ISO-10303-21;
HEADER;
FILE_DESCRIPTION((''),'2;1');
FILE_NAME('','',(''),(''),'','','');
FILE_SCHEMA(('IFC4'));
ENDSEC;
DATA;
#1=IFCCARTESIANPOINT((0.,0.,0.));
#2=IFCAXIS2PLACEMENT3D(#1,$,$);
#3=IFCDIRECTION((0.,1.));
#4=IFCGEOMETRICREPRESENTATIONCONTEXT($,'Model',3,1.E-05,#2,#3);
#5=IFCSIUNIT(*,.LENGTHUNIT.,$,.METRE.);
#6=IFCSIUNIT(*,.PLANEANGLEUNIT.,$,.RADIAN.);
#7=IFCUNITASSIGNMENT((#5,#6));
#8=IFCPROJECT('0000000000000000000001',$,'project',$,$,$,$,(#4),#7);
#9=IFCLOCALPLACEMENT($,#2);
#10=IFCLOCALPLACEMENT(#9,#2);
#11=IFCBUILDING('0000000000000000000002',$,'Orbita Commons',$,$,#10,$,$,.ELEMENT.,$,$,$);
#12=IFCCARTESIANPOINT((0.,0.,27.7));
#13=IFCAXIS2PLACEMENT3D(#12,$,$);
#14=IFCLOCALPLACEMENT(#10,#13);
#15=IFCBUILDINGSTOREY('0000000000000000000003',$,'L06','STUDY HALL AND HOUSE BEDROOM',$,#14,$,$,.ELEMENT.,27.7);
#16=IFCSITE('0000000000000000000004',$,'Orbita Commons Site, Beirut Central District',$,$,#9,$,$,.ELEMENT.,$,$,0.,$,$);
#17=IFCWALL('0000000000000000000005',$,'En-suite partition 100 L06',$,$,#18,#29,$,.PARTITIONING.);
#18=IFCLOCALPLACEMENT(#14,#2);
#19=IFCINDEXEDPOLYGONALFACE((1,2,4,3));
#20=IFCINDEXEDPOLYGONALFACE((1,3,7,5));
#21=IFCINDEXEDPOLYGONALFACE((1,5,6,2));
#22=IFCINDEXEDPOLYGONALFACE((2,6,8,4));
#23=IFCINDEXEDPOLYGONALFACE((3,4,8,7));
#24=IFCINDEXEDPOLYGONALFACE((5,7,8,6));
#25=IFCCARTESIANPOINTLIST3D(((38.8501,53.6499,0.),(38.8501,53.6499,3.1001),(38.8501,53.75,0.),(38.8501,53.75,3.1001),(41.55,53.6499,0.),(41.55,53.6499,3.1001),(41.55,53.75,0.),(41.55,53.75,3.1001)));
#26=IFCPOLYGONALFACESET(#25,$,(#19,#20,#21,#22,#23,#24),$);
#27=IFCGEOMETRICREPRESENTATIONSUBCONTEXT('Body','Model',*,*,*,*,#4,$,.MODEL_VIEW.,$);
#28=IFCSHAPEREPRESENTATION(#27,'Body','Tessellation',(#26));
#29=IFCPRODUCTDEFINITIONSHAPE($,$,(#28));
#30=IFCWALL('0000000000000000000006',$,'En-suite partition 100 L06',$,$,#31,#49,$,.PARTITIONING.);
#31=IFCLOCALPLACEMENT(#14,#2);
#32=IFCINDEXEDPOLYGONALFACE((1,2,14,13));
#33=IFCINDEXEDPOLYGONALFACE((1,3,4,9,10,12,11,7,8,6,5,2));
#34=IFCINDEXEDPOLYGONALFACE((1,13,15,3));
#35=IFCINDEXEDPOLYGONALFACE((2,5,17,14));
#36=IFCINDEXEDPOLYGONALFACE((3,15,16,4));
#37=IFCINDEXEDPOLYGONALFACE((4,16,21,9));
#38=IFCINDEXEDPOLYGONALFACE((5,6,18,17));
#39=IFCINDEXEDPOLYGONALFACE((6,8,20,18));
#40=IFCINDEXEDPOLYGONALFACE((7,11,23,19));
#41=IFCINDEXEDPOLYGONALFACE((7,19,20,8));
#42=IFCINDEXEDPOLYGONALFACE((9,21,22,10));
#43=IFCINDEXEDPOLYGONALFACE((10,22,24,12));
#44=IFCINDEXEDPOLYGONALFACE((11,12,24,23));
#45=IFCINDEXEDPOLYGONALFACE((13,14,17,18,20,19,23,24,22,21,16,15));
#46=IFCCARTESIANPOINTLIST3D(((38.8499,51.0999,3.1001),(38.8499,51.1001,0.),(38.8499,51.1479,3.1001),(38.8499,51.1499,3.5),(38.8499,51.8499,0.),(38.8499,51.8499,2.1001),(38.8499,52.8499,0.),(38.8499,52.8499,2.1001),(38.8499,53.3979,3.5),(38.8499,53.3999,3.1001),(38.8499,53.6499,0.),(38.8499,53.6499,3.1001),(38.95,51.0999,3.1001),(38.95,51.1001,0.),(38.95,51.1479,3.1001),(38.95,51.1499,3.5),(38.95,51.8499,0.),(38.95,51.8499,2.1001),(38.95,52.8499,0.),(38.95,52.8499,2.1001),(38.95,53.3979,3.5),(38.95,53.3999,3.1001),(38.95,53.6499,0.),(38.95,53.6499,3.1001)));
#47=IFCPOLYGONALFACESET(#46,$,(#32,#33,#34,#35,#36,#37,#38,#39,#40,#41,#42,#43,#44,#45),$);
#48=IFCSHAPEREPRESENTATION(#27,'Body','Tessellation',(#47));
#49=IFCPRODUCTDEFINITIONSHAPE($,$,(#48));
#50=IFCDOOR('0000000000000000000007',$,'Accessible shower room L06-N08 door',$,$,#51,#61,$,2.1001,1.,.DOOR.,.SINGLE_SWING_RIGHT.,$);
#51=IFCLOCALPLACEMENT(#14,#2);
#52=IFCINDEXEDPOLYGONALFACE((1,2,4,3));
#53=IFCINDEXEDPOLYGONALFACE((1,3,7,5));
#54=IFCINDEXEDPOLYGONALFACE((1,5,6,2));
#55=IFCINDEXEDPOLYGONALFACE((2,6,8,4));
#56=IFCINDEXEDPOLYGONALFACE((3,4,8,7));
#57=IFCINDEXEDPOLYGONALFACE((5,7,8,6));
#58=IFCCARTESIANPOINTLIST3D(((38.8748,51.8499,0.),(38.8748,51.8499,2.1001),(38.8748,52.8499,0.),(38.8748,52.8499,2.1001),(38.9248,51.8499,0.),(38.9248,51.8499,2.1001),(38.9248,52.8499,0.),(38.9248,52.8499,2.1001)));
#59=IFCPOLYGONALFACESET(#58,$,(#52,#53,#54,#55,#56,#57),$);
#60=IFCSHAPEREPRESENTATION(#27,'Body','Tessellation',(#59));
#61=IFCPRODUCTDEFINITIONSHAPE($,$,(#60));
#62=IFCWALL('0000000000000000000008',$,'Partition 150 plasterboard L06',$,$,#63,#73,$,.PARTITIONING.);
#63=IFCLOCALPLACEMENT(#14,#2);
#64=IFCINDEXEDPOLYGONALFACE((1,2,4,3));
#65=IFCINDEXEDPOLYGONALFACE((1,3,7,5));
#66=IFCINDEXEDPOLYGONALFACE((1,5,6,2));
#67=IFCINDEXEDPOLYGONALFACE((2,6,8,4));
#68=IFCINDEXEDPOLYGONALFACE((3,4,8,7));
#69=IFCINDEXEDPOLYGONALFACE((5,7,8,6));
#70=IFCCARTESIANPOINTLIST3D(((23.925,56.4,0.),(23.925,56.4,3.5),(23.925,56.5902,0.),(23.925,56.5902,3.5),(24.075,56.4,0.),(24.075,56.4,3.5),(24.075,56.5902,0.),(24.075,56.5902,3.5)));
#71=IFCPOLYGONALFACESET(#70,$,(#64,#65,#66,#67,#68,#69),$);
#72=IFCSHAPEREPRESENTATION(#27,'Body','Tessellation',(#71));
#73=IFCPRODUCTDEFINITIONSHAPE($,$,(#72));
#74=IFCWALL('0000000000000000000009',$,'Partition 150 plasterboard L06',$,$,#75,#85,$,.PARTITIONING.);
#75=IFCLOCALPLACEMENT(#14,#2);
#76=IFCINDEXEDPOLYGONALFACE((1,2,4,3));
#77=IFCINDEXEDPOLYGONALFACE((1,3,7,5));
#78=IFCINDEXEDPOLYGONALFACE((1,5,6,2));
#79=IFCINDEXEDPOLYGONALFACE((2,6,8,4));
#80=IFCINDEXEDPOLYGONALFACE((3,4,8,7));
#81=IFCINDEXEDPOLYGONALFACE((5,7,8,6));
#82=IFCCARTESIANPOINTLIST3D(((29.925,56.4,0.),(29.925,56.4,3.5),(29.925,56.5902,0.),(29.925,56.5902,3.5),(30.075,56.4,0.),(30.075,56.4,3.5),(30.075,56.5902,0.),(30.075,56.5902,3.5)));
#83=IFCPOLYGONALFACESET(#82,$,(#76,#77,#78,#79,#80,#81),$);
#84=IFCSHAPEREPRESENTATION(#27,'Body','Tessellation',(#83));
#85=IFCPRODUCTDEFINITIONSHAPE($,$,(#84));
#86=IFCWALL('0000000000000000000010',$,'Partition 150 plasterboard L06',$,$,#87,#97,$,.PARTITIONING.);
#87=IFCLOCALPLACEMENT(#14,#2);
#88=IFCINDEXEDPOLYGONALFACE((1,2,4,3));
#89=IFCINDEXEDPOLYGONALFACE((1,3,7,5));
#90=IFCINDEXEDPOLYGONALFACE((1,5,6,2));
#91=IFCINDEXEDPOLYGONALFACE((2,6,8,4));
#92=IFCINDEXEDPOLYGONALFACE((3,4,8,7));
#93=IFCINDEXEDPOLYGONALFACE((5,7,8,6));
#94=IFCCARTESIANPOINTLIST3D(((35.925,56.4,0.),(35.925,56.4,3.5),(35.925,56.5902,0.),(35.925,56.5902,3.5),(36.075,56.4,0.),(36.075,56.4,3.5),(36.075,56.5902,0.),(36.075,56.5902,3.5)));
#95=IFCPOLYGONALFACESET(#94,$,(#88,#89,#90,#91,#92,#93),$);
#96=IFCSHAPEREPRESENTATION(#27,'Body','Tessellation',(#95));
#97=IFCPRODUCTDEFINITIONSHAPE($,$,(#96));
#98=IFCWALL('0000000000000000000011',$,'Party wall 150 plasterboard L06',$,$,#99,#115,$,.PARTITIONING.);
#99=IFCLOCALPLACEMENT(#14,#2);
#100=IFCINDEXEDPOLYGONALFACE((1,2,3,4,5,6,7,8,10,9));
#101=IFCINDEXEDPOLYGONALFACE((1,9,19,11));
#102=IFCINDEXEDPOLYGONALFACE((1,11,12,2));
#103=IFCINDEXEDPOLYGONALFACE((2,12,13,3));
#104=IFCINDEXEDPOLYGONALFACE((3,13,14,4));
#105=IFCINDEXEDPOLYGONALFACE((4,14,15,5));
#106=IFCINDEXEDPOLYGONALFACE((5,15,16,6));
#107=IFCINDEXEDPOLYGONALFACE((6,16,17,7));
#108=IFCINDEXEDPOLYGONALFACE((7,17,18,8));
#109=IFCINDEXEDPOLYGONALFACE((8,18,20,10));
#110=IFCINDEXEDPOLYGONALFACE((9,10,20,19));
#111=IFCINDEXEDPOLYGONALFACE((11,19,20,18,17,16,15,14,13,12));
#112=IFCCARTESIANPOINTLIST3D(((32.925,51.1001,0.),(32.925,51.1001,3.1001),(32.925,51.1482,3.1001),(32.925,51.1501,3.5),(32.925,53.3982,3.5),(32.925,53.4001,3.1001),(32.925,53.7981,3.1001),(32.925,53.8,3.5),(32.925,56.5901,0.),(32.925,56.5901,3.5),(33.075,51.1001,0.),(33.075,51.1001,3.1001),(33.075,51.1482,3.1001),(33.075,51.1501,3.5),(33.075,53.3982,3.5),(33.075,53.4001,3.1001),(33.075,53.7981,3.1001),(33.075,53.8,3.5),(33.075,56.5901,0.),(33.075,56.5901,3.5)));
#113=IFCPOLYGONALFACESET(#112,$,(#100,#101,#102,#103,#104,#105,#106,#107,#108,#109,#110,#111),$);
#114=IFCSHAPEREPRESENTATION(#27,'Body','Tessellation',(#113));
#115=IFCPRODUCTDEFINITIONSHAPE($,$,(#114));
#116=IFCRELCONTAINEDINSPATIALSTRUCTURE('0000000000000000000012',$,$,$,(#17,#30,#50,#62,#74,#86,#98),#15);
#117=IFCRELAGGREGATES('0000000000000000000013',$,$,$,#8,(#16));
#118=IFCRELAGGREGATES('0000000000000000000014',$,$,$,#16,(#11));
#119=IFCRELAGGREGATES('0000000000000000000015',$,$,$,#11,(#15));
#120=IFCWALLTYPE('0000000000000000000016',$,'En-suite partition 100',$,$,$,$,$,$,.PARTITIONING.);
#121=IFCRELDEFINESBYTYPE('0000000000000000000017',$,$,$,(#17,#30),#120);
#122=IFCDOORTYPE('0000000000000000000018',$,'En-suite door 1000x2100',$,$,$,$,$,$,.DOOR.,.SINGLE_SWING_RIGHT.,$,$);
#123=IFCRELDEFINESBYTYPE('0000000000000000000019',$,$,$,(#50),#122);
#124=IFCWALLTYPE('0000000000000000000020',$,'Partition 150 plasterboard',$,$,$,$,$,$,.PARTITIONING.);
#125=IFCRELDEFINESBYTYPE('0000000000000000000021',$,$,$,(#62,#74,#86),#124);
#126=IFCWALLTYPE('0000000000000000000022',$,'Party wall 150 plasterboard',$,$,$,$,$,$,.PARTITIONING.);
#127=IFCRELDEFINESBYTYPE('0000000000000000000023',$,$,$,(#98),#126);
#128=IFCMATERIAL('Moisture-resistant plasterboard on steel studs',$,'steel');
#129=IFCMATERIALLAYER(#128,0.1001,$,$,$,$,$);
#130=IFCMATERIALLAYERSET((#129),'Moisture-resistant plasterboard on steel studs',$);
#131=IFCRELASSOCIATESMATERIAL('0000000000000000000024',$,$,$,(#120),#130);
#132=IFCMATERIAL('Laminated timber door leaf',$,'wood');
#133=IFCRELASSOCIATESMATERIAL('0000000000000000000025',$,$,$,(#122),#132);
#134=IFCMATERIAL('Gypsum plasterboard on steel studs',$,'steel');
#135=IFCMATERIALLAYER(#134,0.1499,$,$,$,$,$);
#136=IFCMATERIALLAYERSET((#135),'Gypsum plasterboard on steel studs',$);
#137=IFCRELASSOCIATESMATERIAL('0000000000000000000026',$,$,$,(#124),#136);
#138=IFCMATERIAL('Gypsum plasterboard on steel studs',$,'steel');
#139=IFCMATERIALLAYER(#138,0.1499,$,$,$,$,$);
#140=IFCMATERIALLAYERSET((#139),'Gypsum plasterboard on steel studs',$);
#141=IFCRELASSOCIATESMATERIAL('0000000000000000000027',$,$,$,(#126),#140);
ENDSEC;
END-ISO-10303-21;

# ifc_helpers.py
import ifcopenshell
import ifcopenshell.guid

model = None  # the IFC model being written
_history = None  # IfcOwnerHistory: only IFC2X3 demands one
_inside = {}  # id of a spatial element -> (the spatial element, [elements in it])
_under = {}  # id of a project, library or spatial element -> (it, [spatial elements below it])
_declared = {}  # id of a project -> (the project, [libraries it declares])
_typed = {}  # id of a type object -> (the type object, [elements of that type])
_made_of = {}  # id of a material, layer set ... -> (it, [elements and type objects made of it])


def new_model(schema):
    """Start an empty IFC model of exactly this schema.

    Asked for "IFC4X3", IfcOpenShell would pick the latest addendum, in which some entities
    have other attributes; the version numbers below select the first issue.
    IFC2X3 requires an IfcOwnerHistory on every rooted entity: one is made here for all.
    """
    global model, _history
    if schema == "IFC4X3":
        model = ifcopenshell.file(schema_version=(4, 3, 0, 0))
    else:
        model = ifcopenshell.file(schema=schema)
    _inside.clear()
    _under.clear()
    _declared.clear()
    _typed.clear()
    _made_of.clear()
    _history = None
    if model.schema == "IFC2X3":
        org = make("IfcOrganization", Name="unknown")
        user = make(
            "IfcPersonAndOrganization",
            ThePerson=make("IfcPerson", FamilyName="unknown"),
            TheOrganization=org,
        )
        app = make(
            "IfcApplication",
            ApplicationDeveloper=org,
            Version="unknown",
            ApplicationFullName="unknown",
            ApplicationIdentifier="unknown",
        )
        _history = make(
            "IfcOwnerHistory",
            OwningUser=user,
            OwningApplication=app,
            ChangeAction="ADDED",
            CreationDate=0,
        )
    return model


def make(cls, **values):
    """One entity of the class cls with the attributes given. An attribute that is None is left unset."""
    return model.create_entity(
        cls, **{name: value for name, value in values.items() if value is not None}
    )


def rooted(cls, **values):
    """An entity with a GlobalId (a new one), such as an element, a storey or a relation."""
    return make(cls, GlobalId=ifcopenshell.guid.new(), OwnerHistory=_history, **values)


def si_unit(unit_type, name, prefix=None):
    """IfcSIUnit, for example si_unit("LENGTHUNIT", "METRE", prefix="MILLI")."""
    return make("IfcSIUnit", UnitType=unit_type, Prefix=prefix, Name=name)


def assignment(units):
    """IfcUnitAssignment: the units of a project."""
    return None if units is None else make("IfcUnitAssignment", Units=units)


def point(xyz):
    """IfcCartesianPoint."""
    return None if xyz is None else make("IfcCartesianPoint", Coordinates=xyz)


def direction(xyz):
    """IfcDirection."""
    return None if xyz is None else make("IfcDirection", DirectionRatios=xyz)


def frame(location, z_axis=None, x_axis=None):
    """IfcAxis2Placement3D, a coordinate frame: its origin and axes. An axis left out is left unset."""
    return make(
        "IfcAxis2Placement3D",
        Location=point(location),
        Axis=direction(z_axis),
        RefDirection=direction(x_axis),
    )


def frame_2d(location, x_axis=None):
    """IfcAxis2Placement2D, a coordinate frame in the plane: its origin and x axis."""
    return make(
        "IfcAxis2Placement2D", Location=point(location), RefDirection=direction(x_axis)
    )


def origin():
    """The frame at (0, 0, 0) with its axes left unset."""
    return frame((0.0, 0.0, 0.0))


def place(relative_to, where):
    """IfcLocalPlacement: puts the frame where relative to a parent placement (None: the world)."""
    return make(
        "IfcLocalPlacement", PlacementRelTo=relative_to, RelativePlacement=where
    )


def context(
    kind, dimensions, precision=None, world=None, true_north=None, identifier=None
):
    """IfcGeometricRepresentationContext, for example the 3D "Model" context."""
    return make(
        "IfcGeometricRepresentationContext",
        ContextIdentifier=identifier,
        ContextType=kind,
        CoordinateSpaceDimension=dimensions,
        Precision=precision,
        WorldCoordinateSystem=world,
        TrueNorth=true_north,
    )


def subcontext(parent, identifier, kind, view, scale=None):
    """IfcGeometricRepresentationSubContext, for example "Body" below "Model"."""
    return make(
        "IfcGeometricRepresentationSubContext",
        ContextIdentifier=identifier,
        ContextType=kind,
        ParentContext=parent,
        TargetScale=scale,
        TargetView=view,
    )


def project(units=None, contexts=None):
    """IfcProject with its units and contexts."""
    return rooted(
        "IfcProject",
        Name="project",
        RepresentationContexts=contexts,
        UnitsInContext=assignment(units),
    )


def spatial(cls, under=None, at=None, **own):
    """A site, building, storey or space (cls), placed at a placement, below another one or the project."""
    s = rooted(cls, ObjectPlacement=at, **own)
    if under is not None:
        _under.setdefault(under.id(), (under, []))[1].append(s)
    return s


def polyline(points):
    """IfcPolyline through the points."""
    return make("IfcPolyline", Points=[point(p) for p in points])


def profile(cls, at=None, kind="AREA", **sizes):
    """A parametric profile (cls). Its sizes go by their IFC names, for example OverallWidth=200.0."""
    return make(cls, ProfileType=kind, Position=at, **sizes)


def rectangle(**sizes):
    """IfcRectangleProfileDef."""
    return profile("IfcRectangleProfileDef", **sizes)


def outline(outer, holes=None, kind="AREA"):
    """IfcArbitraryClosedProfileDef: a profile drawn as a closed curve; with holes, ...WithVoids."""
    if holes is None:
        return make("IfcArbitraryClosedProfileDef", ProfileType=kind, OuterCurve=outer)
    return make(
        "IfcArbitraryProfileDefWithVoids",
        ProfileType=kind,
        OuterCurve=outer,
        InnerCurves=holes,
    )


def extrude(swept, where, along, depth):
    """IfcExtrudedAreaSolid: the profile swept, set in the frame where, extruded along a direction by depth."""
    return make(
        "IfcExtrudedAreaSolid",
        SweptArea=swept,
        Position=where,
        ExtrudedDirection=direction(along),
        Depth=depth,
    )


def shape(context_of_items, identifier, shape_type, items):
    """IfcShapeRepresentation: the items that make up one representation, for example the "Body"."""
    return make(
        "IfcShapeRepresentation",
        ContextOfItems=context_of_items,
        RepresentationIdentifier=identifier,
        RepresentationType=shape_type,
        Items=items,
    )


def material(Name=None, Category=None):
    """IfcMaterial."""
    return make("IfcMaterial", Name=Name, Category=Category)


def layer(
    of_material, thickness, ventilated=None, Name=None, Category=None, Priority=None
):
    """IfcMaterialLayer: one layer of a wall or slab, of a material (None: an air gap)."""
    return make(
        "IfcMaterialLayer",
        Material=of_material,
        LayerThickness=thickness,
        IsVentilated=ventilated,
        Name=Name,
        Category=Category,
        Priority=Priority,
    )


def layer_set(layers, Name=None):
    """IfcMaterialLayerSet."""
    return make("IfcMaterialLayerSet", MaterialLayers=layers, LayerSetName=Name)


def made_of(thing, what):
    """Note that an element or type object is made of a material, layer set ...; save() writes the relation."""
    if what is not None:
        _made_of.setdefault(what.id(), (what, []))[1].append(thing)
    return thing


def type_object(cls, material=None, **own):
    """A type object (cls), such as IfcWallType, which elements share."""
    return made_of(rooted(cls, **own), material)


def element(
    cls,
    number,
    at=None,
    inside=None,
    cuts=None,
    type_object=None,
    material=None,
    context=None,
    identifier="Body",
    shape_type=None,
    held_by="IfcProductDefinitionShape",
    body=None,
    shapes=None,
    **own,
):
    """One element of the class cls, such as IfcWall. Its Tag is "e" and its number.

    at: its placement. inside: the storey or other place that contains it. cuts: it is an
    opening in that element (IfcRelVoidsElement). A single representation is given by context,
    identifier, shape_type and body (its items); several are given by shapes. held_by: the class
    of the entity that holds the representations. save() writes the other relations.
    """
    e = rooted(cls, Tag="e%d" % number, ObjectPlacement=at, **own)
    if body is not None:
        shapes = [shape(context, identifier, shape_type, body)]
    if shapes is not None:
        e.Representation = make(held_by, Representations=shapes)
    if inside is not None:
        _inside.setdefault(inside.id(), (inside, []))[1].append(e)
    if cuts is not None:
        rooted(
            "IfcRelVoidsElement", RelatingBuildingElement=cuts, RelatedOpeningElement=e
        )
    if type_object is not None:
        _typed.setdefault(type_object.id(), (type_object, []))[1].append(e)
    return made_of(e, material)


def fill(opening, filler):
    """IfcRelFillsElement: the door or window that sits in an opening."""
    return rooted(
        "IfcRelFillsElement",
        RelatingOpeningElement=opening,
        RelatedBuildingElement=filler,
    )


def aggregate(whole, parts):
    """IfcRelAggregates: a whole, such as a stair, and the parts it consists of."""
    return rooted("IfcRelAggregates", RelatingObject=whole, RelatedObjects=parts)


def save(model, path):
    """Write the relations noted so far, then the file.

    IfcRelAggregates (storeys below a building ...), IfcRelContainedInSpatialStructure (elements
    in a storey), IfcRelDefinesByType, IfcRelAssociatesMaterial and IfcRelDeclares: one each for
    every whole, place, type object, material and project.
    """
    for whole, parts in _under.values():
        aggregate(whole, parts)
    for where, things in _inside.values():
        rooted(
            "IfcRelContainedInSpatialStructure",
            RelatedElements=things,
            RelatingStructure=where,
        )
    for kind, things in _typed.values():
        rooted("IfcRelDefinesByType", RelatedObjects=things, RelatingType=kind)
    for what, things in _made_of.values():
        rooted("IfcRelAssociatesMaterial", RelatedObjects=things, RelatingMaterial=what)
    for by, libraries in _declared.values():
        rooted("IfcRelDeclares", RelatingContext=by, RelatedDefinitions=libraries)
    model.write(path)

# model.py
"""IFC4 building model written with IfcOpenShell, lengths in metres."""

from ifc_helpers import new_model, si_unit, direction, frame, frame_2d, origin, place, context, subcontext, project, spatial, polyline, rectangle, outline, extrude, material, layer, layer_set, type_object, element, fill, save


model = new_model("IFC4")

# Units and contexts
model_context = context("Model", 3, precision=1e-05, world=origin(), true_north=direction((0.0, 1.0)))
body_context = subcontext(model_context, "Body", "Model", "MODEL_VIEW")
ifc_project = project(units=[si_unit("LENGTHUNIT", "METRE"), si_unit("PLANEANGLEUNIT", "RADIAN")], contexts=[model_context])

# Site, building, storey
site_placement = place(None, origin())
site = spatial("IfcSite", under=ifc_project, at=site_placement, Name="Orbita Commons Site, Beirut Central District", CompositionType="ELEMENT", RefElevation=0.0)
building_placement = place(site_placement, origin())
building = spatial("IfcBuilding", under=site, at=building_placement, Name="Orbita Commons", CompositionType="ELEMENT")
storey_placement = place(building_placement, frame((0.0, 0.0, 27.7)))
storey = spatial("IfcBuildingStorey", under=building, at=storey_placement, Name="L06", Description="STUDY HALL AND HOUSE BEDROOM", CompositionType="ELEMENT", Elevation=27.7)

# Wall
ifc_material_1 = material(Name="Moisture-resistant plasterboard on steel studs", Category="steel")
ifc_layer_1 = layer(ifc_material_1, 0.1001)
ifc_layer_set_1 = layer_set([ifc_layer_1], Name="Moisture-resistant plasterboard on steel studs")
wall_type_1 = type_object("IfcWallType", Name="En-suite partition 100", PredefinedType="PARTITIONING", material=ifc_layer_set_1)
wall_1_placement = place(storey_placement, frame((38.8501, 53.7, 0.0), z_axis=(0.0, 0.0, 1.0), x_axis=(1.0, 0.0, 0.0)))
element("IfcWall", 1, at=wall_1_placement, inside=storey, type_object=wall_type_1, Name="En-suite partition 100 L06", PredefinedType="PARTITIONING", context=body_context, shape_type="SweptSolid", body=[
    extrude(outline(polyline([(0.0, 0.0), (2.7, 0.0), (2.7, 3.1001), (0.0, 3.1001), (0.0, 0.0)])), frame((0.0, 0.05, 0.0), z_axis=(0.0, -1.0, 0.0), x_axis=(1.0, 0.0, 0.0)), (0.0, 0.0, 1.0), 0.1001),
])

# Wall, opening, door
wall_2_placement = place(storey_placement, frame((38.8999, 53.6499, 0.0), z_axis=(0.0, 0.0, 1.0), x_axis=(0.0, -1.0, 0.0)))
wall_2 = element("IfcWall", 2, at=wall_2_placement, inside=storey, type_object=wall_type_1, Name="En-suite partition 100 L06", PredefinedType="PARTITIONING", context=body_context, shape_type="SweptSolid", body=[
    extrude(outline(polyline([(0.0, 0.0), (2.5498, 0.0), (2.55, 3.1001), (2.502, 3.1001), (2.5, 3.5), (0.252, 3.5), (0.25, 3.1001), (0.0, 3.1001), (0.0, 0.0)])), frame((0.0, 0.05, 0.0), z_axis=(0.0, -1.0, 0.0), x_axis=(1.0, 0.0, 0.0)), (0.0, 0.0, 1.0), 0.1001),
])
opening_placement = place(wall_2_placement, frame((0.8, 0.0, 0.0)))
opening = element("IfcOpeningElement", 3, at=opening_placement, cuts=wall_2, PredefinedType="OPENING", context=body_context, shape_type="SweptSolid", body=[
    extrude(rectangle(XDim=1.0, YDim=2.1001, at=frame_2d((0.5, 1.05))), frame((0.0, 0.0601, 0.0), z_axis=(0.0, -1.0, 0.0), x_axis=(1.0, 0.0, 0.0)), (0.0, 0.0, 1.0), 0.1201),
])
ifc_material_2 = material(Name="Laminated timber door leaf", Category="wood")
door_type = type_object("IfcDoorType", Name="En-suite door 1000x2100", OperationType="SINGLE_SWING_RIGHT", PredefinedType="DOOR", material=ifc_material_2)
door_placement = place(opening_placement, origin())
door = element("IfcDoor", 4, at=door_placement, inside=storey, type_object=door_type, Name="Accessible shower room L06-N08 door", OperationType="SINGLE_SWING_RIGHT", OverallHeight=2.1001, OverallWidth=1.0, PredefinedType="DOOR", context=body_context, shape_type="SweptSolid", body=[
    extrude(rectangle(XDim=1.0, YDim=2.1001, at=frame_2d((0.5, 1.05))), frame((0.0, 0.0249, 0.0), z_axis=(0.0, -1.0, 0.0), x_axis=(1.0, 0.0, 0.0)), (0.0, 0.0, 1.0), 0.05),
])
fill(opening, door)

# Walls
ifc_material_3 = material(Name="Gypsum plasterboard on steel studs", Category="steel")
ifc_layer_2 = layer(ifc_material_3, 0.1499)
ifc_layer_set_2 = layer_set([ifc_layer_2], Name="Gypsum plasterboard on steel studs")
wall_type_2 = type_object("IfcWallType", Name="Partition 150 plasterboard", PredefinedType="PARTITIONING", material=ifc_layer_set_2)
for number, where, z_axis, x_axis, name in (
    (5, (24.0, 56.3999, 0.0), (0.0, 0.0, 1.0), (0.0, 1.0, 0.0), "Partition 150 plasterboard L06"),
    (6, (30.0, 56.3999, 0.0), (0.0, 0.0, 1.0), (0.0, 1.0, 0.0), "Partition 150 plasterboard L06"),
    (7, (36.0, 56.3999, 0.0), (0.0, 0.0, 1.0), (0.0, 1.0, 0.0), "Partition 150 plasterboard L06"),
):
    element("IfcWall", number, at=place(storey_placement, frame(where, z_axis=z_axis, x_axis=x_axis)), inside=storey, type_object=wall_type_2, Name=name, PredefinedType="PARTITIONING", context=body_context, shape_type="SweptSolid", body=[
        extrude(rectangle(XDim=0.1902, YDim=0.1499, at=frame_2d((0.0952, 0.0))), origin(), (0.0, 0.0, 1.0), 3.5),
    ])
ifc_material_4 = material(Name="Gypsum plasterboard on steel studs", Category="steel")
ifc_layer_3 = layer(ifc_material_4, 0.1499)
ifc_layer_set_3 = layer_set([ifc_layer_3], Name="Gypsum plasterboard on steel studs")
wall_type_3 = type_object("IfcWallType", Name="Party wall 150 plasterboard", PredefinedType="PARTITIONING", material=ifc_layer_set_3)
wall_3_placement = place(storey_placement, frame((33.0, 56.5901, 0.0), z_axis=(0.0, 0.0, 1.0), x_axis=(0.0, -1.0, 0.0)))
element("IfcWall", 8, at=wall_3_placement, inside=storey, type_object=wall_type_3, Name="Party wall 150 plasterboard L06", PredefinedType="PARTITIONING", context=body_context, shape_type="SweptSolid", body=[
    extrude(outline(polyline([(0.0, 0.0), (5.49, 0.0), (5.49, 3.1001), (5.4419, 3.1001), (5.4399, 3.5), (3.1919, 3.5), (3.1899, 3.1001), (2.792, 3.1001), (2.79, 3.5), (0.0, 3.5), (0.0, 0.0)])), frame((0.0, 0.075, 0.0), z_axis=(0.0, -1.0, 0.0), x_axis=(1.0, 0.0, 0.0)), (0.0, 0.0, 1.0), 0.1499),
])

save(model, "model.ifc")
